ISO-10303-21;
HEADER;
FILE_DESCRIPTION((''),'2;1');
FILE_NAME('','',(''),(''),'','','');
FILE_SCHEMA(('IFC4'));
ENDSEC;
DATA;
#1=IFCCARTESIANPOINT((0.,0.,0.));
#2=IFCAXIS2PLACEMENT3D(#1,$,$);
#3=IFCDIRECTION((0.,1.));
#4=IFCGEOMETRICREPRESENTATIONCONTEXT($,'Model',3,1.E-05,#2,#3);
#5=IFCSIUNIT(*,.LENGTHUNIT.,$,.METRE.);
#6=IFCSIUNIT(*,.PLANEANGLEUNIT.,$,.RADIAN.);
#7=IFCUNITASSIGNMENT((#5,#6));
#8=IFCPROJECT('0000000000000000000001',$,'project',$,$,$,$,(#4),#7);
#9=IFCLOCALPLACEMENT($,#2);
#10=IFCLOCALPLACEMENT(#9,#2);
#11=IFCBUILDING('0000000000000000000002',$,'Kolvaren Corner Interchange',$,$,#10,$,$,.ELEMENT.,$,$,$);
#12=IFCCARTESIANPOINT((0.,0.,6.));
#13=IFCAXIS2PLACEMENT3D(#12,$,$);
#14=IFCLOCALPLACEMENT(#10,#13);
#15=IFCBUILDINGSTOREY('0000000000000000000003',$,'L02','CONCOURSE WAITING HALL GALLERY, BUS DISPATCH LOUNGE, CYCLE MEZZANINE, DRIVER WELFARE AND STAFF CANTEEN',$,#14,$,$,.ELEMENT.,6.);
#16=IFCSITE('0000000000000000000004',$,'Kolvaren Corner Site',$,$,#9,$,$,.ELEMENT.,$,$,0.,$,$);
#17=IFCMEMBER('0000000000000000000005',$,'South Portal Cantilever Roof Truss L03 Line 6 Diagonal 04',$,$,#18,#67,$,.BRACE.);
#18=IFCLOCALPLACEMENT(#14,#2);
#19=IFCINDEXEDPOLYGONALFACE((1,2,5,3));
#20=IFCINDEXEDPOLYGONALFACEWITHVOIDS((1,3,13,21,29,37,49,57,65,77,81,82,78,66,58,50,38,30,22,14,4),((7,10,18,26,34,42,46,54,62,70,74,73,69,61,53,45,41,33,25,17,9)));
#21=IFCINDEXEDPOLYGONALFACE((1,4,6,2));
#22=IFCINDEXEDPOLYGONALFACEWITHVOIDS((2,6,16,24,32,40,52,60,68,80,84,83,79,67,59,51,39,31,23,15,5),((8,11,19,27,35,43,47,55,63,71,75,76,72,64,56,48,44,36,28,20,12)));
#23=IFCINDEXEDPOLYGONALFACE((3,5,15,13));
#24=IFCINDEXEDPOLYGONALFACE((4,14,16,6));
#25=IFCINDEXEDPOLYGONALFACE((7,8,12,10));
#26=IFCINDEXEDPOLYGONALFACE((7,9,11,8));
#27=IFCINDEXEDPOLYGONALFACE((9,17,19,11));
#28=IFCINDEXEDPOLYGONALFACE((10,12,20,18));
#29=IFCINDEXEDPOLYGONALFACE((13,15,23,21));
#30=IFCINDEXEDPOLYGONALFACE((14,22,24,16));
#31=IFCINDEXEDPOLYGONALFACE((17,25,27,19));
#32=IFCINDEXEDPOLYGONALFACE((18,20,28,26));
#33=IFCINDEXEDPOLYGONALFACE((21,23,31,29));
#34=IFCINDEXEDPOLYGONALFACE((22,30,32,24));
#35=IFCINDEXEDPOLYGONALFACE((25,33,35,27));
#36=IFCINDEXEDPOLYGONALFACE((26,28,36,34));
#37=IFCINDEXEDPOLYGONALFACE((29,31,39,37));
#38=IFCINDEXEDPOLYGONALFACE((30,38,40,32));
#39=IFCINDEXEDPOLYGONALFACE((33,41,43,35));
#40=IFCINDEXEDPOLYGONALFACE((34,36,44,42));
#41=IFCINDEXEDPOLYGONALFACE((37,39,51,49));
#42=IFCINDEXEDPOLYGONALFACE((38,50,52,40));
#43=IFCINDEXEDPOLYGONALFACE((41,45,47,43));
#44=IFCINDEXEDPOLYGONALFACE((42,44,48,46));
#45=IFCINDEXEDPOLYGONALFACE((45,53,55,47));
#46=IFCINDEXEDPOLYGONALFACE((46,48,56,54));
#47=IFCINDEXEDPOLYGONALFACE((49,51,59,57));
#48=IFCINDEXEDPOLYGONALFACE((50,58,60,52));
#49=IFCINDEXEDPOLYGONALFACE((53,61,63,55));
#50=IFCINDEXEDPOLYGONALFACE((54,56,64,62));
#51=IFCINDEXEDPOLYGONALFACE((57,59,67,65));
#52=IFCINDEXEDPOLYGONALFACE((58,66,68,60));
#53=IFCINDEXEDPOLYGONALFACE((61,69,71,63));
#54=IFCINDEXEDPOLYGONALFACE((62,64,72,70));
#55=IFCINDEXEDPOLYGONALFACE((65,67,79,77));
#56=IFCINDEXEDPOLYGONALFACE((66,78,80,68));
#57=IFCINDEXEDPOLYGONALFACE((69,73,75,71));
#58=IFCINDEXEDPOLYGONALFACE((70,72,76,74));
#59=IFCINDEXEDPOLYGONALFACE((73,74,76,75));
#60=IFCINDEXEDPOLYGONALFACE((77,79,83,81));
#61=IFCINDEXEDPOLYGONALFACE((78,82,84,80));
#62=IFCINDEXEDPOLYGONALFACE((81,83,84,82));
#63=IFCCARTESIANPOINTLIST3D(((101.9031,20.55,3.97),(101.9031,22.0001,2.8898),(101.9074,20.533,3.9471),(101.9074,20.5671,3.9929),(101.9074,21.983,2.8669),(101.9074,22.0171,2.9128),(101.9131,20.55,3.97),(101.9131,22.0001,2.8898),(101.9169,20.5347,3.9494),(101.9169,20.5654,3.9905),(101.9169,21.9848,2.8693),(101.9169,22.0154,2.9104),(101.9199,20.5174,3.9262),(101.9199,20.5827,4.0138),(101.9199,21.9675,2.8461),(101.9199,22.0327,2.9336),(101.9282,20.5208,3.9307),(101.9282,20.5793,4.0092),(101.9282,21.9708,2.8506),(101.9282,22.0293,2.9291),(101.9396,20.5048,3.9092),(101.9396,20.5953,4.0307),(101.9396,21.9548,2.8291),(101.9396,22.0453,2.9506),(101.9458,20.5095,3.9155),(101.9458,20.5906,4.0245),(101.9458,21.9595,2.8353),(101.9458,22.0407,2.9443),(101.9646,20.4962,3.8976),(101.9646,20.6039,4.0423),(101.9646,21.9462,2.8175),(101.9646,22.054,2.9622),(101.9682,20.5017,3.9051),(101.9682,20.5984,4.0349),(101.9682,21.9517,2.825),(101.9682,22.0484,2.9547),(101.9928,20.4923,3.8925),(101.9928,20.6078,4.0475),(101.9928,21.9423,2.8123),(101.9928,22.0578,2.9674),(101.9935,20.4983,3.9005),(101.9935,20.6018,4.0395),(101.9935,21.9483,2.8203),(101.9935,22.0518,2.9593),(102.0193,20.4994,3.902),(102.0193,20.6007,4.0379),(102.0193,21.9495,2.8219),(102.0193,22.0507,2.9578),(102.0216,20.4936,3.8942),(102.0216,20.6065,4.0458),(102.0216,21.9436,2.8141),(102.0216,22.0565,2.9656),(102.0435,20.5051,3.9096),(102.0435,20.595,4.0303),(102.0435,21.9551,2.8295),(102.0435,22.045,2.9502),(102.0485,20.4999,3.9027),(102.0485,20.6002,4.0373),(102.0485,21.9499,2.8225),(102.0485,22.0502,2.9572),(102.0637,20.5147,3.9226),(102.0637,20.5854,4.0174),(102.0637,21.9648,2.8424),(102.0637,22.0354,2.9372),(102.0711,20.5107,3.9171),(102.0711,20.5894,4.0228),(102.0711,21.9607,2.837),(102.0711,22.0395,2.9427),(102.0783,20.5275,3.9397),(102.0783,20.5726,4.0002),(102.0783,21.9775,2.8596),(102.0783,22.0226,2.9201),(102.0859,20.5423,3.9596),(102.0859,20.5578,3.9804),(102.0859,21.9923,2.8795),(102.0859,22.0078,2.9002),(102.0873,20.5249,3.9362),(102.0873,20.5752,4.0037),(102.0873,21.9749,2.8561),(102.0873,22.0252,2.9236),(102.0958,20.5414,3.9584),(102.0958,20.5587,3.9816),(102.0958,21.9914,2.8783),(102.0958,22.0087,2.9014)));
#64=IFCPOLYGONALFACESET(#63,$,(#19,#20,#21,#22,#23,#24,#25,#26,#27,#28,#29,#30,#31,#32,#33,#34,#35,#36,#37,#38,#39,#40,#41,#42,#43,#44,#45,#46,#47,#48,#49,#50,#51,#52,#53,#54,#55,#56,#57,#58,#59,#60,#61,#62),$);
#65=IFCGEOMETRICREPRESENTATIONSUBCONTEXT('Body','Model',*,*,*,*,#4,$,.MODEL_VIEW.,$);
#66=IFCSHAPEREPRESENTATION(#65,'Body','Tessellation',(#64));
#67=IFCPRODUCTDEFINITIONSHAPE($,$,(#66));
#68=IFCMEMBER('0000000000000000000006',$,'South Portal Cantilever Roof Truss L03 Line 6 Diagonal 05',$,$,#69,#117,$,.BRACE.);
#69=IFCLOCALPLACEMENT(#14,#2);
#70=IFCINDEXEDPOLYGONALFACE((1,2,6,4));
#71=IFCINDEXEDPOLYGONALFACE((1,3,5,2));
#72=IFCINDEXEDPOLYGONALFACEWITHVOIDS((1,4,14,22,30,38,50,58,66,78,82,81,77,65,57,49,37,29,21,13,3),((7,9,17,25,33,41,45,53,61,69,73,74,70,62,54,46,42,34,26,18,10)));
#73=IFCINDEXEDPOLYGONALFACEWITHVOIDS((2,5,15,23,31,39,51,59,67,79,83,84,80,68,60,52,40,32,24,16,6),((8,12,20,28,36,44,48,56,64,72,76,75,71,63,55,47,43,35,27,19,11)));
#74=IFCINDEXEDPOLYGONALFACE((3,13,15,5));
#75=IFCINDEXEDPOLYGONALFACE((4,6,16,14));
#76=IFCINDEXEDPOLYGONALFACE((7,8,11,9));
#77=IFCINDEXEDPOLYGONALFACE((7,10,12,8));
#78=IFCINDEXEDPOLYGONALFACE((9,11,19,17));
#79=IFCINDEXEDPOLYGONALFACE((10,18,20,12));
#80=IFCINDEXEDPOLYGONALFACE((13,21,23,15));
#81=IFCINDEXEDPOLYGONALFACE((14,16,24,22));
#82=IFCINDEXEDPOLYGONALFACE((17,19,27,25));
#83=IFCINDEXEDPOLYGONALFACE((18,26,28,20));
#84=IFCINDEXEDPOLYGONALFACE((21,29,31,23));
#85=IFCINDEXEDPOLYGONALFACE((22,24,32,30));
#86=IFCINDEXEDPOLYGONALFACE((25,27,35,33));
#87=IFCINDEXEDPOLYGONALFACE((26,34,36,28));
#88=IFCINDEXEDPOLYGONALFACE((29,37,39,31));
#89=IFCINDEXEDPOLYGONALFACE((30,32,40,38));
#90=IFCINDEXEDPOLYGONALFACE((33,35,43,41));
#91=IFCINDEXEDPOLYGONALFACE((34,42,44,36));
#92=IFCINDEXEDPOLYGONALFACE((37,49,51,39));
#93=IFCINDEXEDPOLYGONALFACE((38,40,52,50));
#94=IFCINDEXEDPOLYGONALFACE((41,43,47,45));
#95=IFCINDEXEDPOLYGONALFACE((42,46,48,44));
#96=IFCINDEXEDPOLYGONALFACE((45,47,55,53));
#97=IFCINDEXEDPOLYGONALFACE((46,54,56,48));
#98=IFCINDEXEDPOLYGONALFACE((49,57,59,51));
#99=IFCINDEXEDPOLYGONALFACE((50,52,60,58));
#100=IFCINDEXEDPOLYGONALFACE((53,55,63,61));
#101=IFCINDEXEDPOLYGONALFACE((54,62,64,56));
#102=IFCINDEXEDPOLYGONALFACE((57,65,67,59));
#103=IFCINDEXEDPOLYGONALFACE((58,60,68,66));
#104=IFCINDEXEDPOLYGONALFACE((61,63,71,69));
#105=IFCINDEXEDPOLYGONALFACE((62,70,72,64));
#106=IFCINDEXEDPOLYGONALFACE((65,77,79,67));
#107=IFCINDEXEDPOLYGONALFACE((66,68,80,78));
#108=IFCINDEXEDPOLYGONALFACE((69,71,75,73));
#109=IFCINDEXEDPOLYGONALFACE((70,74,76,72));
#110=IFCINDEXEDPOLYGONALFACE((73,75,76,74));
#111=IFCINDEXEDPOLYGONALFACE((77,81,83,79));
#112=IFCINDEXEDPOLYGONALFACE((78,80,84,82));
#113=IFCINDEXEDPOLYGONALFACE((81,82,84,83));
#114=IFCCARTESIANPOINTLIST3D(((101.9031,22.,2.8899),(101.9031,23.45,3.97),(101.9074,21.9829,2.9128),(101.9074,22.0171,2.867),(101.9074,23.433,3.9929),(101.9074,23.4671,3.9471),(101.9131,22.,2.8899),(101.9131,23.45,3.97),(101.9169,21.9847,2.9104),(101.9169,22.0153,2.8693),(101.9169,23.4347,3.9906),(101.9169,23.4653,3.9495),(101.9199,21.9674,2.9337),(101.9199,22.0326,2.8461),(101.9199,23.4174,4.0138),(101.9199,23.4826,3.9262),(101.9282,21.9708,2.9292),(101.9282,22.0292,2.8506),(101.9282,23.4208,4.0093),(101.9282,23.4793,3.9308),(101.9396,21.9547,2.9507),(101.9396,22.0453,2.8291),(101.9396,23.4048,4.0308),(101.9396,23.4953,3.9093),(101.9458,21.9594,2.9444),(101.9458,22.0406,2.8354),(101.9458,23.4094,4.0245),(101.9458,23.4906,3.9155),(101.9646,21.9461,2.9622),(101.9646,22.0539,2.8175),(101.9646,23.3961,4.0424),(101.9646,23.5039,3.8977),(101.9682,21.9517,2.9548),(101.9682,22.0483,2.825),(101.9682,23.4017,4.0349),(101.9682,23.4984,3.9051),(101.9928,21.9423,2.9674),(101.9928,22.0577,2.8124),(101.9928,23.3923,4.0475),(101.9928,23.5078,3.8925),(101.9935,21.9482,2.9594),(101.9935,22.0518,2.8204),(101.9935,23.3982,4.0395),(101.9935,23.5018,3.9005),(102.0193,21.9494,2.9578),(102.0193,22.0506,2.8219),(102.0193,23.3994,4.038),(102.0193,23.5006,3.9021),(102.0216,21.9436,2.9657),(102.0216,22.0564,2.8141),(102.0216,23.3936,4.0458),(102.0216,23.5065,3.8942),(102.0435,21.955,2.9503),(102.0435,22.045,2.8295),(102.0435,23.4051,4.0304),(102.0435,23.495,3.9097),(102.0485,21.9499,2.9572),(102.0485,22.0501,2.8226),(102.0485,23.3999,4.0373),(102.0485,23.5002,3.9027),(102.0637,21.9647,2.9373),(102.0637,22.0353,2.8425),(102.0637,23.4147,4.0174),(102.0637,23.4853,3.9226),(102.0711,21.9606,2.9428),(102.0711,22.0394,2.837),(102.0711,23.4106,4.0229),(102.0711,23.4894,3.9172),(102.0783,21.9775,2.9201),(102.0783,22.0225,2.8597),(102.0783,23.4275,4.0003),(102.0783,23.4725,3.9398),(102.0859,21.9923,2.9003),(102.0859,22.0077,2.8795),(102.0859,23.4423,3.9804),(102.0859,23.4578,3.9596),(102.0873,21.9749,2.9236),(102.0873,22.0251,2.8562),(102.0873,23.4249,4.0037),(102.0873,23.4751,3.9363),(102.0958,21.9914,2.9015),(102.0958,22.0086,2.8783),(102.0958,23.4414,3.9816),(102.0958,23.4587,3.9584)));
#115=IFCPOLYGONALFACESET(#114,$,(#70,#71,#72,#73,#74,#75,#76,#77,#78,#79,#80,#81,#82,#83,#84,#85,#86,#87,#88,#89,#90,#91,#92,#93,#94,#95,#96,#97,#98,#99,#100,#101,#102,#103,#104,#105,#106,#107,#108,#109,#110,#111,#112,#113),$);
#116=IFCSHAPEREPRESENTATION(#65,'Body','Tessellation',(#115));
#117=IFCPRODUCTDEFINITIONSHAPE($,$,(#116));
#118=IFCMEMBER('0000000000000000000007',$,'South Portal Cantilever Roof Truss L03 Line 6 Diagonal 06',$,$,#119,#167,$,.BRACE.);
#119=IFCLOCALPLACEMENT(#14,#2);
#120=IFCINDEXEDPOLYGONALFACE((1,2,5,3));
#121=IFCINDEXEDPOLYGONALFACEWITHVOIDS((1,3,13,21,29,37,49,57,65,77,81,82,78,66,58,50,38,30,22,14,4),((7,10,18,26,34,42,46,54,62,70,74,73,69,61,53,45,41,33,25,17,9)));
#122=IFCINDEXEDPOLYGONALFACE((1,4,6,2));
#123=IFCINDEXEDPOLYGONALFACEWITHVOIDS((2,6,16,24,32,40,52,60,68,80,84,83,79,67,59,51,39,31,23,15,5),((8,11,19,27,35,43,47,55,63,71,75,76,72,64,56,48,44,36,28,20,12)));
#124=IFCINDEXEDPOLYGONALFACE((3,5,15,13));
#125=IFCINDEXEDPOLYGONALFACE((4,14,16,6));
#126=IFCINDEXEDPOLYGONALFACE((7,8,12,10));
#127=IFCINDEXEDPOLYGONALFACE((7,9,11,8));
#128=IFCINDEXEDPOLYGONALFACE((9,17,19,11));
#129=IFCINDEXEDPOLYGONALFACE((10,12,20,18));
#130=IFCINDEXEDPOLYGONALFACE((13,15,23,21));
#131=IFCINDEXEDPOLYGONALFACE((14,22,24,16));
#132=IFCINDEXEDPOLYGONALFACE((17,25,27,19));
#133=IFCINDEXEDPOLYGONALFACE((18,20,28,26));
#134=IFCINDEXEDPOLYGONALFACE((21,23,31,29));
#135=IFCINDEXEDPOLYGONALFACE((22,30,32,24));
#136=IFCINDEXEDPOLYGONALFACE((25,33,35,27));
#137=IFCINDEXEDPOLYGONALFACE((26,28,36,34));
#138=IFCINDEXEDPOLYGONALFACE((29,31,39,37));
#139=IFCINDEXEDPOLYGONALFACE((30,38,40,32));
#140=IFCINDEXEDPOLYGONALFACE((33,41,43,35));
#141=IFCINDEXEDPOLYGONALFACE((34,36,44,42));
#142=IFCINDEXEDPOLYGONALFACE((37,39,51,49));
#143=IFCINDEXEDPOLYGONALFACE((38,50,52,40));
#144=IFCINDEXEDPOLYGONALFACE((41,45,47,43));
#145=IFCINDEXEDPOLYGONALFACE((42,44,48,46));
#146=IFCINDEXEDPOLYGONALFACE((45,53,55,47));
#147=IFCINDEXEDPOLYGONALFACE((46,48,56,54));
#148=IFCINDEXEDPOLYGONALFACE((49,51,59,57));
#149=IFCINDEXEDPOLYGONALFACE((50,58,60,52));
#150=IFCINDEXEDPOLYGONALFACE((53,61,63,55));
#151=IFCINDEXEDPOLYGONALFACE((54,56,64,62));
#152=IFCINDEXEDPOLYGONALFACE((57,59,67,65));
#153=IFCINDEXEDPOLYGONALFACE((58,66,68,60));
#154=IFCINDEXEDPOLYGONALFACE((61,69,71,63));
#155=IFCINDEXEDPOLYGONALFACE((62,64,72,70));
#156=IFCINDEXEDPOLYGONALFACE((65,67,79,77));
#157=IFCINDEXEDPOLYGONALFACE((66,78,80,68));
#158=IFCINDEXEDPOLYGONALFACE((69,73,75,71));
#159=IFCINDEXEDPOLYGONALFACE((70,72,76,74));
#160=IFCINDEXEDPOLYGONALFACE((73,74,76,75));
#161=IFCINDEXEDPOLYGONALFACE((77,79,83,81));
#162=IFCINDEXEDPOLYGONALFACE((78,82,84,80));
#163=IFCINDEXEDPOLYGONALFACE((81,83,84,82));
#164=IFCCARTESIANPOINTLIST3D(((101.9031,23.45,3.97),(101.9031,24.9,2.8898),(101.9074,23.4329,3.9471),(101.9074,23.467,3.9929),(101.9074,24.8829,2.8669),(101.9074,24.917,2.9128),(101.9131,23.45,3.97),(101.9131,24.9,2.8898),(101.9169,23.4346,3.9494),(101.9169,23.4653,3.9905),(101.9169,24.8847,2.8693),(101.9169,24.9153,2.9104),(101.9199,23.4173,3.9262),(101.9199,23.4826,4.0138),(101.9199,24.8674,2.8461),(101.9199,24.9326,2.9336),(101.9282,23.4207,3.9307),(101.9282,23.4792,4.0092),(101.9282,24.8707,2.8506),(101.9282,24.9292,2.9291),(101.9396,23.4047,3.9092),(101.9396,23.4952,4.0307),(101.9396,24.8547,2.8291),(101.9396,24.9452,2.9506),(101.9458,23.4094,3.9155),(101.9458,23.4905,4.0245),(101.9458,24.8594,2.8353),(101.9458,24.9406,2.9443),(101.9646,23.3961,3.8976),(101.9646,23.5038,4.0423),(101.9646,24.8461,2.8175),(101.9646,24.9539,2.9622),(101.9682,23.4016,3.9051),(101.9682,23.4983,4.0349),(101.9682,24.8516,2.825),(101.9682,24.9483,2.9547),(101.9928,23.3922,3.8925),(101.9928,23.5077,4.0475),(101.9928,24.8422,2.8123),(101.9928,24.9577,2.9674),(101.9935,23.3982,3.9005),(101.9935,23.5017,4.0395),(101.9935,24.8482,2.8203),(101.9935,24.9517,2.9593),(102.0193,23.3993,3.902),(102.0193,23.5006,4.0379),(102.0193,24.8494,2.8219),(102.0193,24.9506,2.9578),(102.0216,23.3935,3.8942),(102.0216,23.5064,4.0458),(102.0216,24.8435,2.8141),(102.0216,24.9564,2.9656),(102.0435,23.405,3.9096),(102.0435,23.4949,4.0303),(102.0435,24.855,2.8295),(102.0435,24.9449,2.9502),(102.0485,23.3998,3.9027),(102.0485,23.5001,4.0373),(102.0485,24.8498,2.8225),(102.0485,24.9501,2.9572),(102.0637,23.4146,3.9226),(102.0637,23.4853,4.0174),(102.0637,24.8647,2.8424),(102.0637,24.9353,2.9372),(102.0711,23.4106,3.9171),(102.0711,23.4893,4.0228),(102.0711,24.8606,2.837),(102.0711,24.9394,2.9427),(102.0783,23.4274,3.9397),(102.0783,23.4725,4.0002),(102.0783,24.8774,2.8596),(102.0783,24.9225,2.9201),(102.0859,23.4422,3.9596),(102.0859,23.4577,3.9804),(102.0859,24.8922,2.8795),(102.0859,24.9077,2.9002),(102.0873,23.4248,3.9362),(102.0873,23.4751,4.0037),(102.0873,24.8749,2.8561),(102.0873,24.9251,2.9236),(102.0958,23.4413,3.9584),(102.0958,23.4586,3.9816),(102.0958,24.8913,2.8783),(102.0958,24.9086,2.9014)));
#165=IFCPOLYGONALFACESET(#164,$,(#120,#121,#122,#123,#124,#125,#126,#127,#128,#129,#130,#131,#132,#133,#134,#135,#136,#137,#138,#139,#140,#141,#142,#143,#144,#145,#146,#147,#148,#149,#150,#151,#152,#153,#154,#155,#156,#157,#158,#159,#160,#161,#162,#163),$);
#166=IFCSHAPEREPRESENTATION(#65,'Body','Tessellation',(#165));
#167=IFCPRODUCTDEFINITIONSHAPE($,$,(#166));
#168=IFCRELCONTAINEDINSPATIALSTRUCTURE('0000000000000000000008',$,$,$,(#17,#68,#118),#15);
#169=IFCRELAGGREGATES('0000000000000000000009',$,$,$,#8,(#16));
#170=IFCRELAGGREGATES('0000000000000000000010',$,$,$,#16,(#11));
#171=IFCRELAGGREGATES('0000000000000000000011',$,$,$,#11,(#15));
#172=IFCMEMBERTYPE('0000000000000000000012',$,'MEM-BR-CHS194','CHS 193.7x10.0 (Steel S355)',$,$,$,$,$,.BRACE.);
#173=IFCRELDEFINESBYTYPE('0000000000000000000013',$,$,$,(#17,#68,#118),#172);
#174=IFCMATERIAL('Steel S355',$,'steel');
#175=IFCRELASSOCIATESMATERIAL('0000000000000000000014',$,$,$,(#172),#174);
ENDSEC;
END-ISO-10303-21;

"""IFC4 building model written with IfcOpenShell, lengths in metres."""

from ifc_helpers import new_model, si_unit, direction, frame, origin, origin_2d, place, context, subcontext, project, spatial, hollow_circle, extrude, material, material_profile, profile_set, type_object, element, save


model = new_model("IFC4")

# Units and contexts
model_context = context("Model", 3, precision=1e-05, world=origin(), true_north=direction((0.0, 1.0)))
body_context = subcontext(model_context, "Body", "Model", "MODEL_VIEW")
ifc_project = project(units=[si_unit("LENGTHUNIT", "METRE"), si_unit("PLANEANGLEUNIT", "RADIAN")], contexts=[model_context])

# Site, building, storey
site_placement = place(None, origin())
site = spatial("IfcSite", under=ifc_project, at=site_placement, Name="Kolvaren Corner Site", CompositionType="ELEMENT", RefElevation=0.0)
building_placement = place(site_placement, origin())
building = spatial("IfcBuilding", under=site, at=building_placement, Name="Kolvaren Corner Interchange", CompositionType="ELEMENT")
storey_placement = place(building_placement, frame((0.0, 0.0, 6.0)))
storey = spatial("IfcBuildingStorey", under=building, at=storey_placement, Name="L02", Description="CONCOURSE WAITING HALL GALLERY, BUS DISPATCH LOUNGE, CYCLE MEZZANINE, DRIVER WELFARE AND STAFF CANTEEN", CompositionType="ELEMENT", Elevation=6.0)

# Members
ifc_material_1 = material(Name="Steel S355", Category="steel")
ifc_material_profile_1 = material_profile(ifc_material_1, hollow_circle(Radius=0.0969, WallThickness=0.01, at=origin_2d()), Name="CHS 193.7x10.0")
ifc_profile_set_1 = profile_set([ifc_material_profile_1], Name="Steel S355")
member_type_1 = type_object("IfcMemberType", Name="MEM-BR-CHS194", Description="CHS 193.7x10.0 (Steel S355)", PredefinedType="BRACE", material=ifc_profile_set_1)
for number, where, z_axis, x_axis, name in (
    (1, (102.0, 20.55, 3.97), (0.0, 0.801956, -0.597383), (-1.0, 0.0, 0.0), "South Portal Cantilever Roof Truss L03 Line 6 Diagonal 04"),
    (2, (102.0, 22.0, 2.8899), (0.0, 0.801956, 0.597383), (-1.0, 0.0, 0.0), "South Portal Cantilever Roof Truss L03 Line 6 Diagonal 05"),
    (3, (102.0, 23.45, 3.97), (0.0, 0.801956, -0.597383), (-1.0, 0.0, 0.0), "South Portal Cantilever Roof Truss L03 Line 6 Diagonal 06"),
):
    element("IfcMember", number, at=place(storey_placement, frame(where, z_axis=z_axis, x_axis=x_axis)), inside=storey, type_object=member_type_1, Name=name, PredefinedType="BRACE", context=body_context, shape_type="SweptSolid", body=[
        extrude(hollow_circle(Radius=0.0969, WallThickness=0.01, at=origin_2d()), origin(), (0.0, 0.0, 1.0), 1.8081),
    ])

save(model, "model.ifc")
